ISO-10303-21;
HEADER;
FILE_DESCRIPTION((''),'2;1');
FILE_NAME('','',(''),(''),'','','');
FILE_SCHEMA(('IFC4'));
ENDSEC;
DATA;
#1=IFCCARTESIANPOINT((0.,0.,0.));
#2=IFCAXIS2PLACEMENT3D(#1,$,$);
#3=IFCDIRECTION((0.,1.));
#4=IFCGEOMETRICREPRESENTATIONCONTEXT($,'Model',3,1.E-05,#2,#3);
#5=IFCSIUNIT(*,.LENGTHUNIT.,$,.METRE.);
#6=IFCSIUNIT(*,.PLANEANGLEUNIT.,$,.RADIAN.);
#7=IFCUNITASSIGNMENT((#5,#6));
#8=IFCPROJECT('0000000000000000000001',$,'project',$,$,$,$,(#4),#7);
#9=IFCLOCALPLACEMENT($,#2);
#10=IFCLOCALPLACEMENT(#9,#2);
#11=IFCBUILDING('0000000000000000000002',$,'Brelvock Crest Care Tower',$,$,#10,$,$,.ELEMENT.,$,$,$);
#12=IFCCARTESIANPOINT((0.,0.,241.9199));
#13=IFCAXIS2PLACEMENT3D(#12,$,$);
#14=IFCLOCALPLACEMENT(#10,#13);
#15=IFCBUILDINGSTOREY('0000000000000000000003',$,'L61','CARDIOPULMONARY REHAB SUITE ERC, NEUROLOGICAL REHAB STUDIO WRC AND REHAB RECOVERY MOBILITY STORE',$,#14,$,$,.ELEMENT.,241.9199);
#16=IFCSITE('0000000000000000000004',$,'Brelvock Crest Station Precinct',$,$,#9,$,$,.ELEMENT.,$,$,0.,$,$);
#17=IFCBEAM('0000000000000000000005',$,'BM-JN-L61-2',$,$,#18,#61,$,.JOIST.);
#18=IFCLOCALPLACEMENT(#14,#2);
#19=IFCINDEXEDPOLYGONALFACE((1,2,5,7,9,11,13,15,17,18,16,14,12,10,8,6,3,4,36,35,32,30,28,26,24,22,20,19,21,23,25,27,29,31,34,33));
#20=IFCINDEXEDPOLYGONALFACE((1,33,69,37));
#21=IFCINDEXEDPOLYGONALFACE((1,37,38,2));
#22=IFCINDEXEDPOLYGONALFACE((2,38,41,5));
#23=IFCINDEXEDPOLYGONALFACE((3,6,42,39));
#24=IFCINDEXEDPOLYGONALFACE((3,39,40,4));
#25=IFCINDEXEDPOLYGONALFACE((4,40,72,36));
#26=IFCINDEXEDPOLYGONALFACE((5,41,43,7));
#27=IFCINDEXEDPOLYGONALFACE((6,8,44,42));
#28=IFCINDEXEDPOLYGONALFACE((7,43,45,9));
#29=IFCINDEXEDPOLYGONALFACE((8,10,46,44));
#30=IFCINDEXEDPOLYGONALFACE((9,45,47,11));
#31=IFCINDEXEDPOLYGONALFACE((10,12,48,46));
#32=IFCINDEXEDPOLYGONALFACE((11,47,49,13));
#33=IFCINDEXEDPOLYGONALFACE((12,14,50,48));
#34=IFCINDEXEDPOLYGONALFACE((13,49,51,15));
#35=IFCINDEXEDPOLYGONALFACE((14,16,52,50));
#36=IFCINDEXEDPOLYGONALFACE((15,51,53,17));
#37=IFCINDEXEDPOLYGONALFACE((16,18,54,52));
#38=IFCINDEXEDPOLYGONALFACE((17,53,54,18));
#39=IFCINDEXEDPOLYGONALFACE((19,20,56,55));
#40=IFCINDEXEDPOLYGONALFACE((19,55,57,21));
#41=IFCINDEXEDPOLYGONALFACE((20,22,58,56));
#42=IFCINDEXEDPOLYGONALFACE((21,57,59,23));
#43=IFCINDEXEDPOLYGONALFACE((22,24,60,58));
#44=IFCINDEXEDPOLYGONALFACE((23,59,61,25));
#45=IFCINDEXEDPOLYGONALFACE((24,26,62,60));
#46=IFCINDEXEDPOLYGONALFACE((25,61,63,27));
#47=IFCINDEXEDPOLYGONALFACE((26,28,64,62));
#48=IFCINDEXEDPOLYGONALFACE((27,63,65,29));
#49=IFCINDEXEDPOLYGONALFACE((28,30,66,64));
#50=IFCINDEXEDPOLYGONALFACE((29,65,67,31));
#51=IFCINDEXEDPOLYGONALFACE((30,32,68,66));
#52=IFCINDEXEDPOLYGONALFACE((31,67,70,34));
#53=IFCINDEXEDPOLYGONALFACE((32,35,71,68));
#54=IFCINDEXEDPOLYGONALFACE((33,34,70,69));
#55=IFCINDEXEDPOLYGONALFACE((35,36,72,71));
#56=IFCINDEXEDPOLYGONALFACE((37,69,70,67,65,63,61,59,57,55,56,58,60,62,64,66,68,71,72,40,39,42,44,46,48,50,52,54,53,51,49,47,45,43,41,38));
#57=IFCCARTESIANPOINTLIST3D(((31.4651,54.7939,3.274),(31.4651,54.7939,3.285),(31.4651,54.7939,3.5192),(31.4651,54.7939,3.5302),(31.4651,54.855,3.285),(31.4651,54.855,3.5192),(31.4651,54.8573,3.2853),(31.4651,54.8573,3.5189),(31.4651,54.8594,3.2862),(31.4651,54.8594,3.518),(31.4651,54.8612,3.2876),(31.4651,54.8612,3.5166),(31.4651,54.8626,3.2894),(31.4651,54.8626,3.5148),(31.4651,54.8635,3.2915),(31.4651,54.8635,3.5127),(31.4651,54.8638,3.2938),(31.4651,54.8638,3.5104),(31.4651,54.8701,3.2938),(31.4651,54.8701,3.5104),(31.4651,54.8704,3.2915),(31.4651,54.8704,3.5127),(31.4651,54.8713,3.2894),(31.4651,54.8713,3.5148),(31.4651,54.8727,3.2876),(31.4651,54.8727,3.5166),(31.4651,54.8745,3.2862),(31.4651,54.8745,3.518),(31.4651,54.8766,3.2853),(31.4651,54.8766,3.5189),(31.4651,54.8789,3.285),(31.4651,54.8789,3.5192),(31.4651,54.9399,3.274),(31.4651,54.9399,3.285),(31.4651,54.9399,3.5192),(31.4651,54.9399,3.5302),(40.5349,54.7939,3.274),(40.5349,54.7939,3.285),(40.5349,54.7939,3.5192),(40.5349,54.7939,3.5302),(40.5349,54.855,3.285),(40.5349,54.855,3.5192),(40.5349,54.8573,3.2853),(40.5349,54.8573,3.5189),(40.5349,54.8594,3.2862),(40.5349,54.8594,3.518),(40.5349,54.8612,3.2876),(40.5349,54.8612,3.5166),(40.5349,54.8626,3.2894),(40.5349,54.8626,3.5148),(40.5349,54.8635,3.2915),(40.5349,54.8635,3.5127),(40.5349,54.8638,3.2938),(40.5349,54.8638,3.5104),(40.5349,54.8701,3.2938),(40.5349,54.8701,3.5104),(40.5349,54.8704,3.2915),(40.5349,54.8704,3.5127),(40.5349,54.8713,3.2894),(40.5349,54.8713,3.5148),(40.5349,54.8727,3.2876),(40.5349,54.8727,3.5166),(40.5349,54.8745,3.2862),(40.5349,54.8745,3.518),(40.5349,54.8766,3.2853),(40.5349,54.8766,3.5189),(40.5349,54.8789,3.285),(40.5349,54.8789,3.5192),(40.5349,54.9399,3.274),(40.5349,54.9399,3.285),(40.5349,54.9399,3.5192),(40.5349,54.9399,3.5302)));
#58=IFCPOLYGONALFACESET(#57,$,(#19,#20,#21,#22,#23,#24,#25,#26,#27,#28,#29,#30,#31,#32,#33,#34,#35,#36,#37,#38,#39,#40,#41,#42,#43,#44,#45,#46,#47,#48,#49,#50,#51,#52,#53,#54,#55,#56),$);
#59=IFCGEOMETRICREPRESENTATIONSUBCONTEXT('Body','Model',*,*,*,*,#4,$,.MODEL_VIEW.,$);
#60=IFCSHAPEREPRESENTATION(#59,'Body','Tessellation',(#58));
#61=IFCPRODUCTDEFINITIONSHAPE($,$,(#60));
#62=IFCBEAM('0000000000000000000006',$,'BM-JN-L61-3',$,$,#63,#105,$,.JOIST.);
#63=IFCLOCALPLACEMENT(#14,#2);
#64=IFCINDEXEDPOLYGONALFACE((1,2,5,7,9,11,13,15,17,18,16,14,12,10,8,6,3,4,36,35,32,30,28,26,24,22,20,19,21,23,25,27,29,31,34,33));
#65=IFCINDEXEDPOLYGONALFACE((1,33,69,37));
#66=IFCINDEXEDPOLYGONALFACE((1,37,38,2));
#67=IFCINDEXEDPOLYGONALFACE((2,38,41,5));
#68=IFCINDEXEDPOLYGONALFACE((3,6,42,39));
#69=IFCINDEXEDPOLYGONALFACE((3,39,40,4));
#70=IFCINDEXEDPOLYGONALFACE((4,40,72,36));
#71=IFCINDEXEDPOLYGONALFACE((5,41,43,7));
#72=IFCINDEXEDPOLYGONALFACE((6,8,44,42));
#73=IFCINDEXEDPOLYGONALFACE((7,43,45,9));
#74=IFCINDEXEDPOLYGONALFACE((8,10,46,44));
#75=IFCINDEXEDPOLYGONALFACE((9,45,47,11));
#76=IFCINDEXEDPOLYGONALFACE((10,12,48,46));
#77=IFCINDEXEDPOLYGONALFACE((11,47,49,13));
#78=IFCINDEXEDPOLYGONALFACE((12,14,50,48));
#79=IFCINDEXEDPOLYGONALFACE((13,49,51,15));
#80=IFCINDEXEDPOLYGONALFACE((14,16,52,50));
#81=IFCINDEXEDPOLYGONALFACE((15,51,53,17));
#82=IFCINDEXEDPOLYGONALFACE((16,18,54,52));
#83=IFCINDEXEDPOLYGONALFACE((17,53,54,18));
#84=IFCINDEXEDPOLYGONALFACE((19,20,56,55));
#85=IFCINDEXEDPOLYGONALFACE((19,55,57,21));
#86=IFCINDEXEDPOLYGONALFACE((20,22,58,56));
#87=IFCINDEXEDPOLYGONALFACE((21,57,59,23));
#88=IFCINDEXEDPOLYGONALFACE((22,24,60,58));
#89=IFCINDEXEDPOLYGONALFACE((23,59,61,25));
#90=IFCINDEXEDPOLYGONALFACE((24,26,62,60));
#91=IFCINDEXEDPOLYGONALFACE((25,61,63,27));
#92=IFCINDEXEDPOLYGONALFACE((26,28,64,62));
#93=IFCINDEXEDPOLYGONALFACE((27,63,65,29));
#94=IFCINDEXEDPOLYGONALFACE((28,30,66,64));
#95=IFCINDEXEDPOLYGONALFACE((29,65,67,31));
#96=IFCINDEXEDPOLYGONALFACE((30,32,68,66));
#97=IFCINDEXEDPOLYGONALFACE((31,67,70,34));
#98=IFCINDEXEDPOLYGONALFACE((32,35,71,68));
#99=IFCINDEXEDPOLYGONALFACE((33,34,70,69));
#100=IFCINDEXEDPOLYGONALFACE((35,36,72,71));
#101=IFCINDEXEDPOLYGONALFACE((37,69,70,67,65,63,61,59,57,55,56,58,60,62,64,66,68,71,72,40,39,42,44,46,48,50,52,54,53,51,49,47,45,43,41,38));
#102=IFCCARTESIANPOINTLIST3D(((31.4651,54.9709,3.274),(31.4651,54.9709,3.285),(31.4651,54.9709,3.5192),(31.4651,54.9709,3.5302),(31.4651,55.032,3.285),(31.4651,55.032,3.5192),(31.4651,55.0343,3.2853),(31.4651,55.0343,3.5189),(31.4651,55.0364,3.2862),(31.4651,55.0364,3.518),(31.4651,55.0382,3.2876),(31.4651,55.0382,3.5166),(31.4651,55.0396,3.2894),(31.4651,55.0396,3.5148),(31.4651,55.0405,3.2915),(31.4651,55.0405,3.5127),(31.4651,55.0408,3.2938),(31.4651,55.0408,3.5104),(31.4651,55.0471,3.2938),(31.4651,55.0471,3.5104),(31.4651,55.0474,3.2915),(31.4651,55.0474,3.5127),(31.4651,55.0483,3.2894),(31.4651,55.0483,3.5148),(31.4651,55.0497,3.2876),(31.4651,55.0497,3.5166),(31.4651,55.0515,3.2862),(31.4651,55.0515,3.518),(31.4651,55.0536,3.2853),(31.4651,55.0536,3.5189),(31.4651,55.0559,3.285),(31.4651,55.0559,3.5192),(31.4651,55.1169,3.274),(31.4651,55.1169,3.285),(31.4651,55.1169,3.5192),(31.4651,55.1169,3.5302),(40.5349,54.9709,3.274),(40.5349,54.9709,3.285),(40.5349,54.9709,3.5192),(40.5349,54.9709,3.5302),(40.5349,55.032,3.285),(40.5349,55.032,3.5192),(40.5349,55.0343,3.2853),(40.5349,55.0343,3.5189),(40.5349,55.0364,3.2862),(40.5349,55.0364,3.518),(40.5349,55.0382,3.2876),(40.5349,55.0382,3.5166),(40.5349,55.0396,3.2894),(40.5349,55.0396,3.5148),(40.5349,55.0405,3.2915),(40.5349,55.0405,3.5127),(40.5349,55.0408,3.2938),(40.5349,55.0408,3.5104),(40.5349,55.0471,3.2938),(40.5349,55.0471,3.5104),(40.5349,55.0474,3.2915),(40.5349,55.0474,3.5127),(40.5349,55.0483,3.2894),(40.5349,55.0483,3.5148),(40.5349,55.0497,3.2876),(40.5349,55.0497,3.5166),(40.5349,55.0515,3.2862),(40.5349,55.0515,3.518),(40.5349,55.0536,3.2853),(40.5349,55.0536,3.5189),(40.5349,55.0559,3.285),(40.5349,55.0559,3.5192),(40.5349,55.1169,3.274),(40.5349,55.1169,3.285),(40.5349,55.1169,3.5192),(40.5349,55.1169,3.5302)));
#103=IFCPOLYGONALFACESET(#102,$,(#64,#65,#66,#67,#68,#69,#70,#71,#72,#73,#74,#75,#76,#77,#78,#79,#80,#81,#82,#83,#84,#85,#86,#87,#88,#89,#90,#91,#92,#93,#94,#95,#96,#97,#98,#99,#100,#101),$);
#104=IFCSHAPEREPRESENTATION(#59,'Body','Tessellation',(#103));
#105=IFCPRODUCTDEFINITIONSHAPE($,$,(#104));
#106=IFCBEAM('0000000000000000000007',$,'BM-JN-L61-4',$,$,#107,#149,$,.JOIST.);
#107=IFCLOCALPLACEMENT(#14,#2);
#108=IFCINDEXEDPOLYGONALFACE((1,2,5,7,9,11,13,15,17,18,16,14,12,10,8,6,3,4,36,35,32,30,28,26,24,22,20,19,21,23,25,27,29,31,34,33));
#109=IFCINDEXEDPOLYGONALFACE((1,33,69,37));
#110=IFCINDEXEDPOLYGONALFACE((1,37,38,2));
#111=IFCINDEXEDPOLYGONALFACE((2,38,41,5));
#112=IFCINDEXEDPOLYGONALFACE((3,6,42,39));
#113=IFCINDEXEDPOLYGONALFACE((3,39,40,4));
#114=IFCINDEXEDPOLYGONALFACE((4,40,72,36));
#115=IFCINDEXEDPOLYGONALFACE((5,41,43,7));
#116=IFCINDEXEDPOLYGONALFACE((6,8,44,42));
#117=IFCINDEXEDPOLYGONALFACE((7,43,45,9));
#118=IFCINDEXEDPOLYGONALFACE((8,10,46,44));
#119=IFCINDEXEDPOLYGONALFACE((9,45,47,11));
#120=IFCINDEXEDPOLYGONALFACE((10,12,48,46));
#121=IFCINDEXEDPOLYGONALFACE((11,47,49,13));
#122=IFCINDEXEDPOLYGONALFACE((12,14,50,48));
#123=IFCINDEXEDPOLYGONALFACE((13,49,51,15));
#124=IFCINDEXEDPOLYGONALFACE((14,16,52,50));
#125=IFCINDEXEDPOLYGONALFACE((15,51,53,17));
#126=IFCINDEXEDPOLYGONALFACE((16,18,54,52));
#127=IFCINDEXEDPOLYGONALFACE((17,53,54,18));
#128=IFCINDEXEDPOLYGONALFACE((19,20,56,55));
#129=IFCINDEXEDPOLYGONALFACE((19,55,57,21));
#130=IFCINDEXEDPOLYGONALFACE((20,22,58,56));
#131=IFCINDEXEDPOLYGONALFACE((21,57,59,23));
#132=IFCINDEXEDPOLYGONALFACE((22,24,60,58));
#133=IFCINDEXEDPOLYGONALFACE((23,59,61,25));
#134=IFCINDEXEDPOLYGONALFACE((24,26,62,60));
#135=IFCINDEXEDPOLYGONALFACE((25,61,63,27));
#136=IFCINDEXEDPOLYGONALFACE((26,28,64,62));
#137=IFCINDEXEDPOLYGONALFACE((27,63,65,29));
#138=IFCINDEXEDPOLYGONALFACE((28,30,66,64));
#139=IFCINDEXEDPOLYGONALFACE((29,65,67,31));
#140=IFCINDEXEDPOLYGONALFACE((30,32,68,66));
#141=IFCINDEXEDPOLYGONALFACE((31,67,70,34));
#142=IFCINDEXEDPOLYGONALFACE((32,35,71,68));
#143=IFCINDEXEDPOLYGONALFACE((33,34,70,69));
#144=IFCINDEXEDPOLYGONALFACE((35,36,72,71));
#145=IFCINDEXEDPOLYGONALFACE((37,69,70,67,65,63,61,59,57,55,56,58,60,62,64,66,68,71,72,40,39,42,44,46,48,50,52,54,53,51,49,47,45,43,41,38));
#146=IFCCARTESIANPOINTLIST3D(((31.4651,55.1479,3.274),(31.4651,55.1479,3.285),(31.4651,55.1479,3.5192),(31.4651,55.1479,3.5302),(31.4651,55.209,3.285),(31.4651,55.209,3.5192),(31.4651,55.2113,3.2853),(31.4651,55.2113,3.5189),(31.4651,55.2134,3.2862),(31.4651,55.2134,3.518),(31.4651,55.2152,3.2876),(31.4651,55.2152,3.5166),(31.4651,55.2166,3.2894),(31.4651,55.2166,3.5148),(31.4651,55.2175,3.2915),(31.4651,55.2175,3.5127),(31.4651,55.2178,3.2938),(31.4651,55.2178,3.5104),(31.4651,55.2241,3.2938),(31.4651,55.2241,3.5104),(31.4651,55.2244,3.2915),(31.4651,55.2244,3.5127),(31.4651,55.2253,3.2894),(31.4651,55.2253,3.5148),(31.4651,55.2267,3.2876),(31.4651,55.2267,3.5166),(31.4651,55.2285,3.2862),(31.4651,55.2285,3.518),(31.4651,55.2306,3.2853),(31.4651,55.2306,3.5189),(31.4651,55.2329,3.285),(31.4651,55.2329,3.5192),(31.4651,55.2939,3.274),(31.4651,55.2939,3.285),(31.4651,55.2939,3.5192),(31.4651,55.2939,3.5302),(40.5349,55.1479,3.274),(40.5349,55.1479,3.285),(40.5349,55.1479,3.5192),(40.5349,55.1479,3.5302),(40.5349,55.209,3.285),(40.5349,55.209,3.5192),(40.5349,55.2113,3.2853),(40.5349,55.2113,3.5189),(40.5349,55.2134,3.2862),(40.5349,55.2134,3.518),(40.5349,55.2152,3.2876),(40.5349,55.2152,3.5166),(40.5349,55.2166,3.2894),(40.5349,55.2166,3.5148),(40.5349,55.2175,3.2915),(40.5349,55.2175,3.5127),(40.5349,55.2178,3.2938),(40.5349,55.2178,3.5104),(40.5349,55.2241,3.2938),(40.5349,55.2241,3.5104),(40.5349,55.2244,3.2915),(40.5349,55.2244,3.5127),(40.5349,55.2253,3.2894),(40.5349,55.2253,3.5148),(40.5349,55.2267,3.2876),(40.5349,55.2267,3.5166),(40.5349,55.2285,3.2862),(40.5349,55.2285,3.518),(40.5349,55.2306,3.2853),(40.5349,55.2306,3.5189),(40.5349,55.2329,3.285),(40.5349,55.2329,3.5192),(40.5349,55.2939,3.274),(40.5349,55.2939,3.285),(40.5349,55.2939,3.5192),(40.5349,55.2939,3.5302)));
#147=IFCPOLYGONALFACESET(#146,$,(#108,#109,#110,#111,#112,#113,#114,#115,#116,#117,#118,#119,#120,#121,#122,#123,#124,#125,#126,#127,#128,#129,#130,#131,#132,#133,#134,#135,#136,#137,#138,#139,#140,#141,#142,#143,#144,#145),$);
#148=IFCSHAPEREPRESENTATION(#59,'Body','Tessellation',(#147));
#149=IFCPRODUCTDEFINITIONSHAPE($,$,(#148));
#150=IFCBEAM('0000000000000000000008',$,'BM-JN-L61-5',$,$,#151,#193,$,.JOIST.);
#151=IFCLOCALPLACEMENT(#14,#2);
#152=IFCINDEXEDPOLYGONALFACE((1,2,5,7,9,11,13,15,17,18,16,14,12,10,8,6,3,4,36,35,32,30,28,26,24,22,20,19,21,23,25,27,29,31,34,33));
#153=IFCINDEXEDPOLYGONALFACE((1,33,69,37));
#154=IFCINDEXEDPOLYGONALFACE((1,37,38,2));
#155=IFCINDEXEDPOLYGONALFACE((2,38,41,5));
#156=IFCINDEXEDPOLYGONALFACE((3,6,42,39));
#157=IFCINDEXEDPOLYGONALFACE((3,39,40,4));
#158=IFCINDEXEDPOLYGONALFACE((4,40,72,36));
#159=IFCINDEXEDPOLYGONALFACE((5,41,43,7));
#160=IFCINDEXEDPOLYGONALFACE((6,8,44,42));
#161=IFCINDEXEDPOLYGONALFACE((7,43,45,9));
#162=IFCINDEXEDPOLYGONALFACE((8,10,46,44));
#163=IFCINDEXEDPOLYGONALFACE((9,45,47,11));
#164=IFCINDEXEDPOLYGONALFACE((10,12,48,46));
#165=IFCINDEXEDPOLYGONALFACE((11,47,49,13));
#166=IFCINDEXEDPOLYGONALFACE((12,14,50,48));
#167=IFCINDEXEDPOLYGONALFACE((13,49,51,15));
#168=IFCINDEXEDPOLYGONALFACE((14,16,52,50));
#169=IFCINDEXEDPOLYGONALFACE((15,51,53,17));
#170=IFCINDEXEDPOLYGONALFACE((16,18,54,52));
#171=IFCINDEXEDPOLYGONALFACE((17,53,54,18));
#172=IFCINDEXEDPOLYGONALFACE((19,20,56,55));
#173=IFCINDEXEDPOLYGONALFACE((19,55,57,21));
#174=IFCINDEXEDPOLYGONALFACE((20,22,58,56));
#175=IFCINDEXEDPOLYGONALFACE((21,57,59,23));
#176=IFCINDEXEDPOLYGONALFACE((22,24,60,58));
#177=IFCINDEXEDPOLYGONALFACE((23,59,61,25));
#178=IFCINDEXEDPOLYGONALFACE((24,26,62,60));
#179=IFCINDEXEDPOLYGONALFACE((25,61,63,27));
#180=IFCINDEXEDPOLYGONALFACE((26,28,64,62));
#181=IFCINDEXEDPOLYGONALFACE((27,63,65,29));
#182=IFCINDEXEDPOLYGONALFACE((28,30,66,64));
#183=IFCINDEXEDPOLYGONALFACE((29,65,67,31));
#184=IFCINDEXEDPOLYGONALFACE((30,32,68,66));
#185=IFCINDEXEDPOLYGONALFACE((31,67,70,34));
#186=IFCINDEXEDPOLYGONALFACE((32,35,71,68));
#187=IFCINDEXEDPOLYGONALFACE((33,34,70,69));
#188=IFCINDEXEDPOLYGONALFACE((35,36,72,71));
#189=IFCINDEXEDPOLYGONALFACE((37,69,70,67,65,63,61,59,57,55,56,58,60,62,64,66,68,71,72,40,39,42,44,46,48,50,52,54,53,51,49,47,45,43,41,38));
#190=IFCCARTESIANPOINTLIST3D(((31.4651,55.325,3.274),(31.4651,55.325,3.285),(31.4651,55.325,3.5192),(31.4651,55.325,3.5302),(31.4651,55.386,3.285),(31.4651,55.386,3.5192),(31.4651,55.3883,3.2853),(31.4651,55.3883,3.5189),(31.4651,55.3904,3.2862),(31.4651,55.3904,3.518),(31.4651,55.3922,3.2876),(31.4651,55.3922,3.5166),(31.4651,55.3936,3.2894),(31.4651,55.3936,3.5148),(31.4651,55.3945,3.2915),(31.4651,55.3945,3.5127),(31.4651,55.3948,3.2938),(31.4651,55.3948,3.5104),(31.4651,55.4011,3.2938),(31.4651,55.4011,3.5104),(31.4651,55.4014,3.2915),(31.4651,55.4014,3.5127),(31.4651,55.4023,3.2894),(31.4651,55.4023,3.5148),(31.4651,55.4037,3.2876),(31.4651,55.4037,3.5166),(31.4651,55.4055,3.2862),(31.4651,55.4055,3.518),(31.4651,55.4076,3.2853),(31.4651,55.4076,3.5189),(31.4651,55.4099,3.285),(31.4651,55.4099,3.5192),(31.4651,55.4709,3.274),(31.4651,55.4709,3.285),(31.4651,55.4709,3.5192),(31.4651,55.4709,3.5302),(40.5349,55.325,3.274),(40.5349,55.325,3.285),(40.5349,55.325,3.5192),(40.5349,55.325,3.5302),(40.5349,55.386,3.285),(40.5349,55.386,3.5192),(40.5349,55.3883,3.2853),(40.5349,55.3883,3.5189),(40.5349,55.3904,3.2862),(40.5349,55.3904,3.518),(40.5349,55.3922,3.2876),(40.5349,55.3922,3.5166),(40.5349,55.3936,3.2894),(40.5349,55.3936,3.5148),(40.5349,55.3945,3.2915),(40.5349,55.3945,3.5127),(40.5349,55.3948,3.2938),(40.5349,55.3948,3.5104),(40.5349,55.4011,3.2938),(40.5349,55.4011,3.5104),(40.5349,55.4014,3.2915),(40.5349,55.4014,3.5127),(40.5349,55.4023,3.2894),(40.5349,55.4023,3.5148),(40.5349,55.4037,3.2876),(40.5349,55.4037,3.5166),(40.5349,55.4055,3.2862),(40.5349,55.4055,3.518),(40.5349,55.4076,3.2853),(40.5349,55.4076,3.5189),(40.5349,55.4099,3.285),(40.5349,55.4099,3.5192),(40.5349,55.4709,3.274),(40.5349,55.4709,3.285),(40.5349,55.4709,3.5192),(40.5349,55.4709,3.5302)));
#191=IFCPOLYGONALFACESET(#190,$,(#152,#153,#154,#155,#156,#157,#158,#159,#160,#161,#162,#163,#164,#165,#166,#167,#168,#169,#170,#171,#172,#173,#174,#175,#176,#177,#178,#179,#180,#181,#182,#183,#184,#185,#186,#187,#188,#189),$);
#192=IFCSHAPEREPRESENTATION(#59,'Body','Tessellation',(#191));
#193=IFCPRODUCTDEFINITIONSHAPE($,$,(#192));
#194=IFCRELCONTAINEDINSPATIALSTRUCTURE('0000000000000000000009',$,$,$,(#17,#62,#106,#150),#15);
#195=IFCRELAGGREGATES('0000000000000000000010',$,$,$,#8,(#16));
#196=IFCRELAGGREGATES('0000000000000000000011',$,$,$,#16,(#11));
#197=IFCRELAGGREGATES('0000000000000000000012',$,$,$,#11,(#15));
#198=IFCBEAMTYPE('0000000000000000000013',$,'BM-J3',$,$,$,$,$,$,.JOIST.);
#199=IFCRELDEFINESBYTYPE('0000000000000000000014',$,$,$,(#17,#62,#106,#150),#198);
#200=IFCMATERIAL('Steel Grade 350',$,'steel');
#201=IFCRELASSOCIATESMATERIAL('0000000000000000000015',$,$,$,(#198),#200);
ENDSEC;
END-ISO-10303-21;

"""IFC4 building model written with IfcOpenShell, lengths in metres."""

from ifc_helpers import new_model, si_unit, direction, frame, origin, origin_2d, place, context, subcontext, project, spatial, i_section, extrude, source, transform, mapped, material, material_profile, profile_set, type_object, element, save


model = new_model("IFC4")

# Units and contexts
model_context = context("Model", 3, precision=1e-05, world=origin(), true_north=direction((0.0, 1.0)))
body_context = subcontext(model_context, "Body", "Model", "MODEL_VIEW")
ifc_project = project(units=[si_unit("LENGTHUNIT", "METRE"), si_unit("PLANEANGLEUNIT", "RADIAN")], contexts=[model_context])

# Site, building, storey
site_placement = place(None, origin())
site = spatial("IfcSite", under=ifc_project, at=site_placement, Name="Brelvock Crest Station Precinct", CompositionType="ELEMENT", RefElevation=0.0)
building_placement = place(site_placement, origin())
building = spatial("IfcBuilding", under=site, at=building_placement, Name="Brelvock Crest Care Tower", CompositionType="ELEMENT")
storey_placement = place(building_placement, frame((0.0, 0.0, 241.9199)))
storey = spatial("IfcBuildingStorey", under=building, at=storey_placement, Name="L61", Description="CARDIOPULMONARY REHAB SUITE ERC, NEUROLOGICAL REHAB STUDIO WRC AND REHAB RECOVERY MOBILITY STORE", CompositionType="ELEMENT", Elevation=241.9199)

# Shared definitions
ifc_material_1 = material(Name="Steel Grade 350", Category="steel")

# Beams
ifc_material_profile_1 = material_profile(ifc_material_1, i_section(OverallWidth=0.146, OverallDepth=0.2561, WebThickness=0.0063, FlangeThickness=0.011, FilletRadius=0.0088, at=origin_2d()), Name="250UB37.3")
ifc_profile_set_1 = profile_set([ifc_material_profile_1], Name="Steel Grade 350")
beam_type_1 = type_object("IfcBeamType", Name="BM-J3", PredefinedType="JOIST", material=ifc_profile_set_1)
shared_shape_1 = source(origin(), body_context, "Body", "SweptSolid", [
    extrude(i_section(OverallWidth=0.146, OverallDepth=0.2561, WebThickness=0.0063, FlangeThickness=0.011, FilletRadius=0.0088, at=origin_2d()), origin(), (0.0, 0.0, 1.0), 9.0698),
])
for number, where, z_axis, x_axis, name in (
    (1, (31.4651, 54.8669, 3.4021), (1.0, 0.0, 0.0), (0.0, 1.0, 0.0), "BM-JN-L61-2"),
    (2, (31.4651, 55.0439, 3.4021), (1.0, 0.0, 0.0), (0.0, 1.0, 0.0), "BM-JN-L61-3"),
    (3, (31.4651, 55.2209, 3.4021), (1.0, 0.0, 0.0), (0.0, 1.0, 0.0), "BM-JN-L61-4"),
    (4, (31.4651, 55.3979, 3.4021), (1.0, 0.0, 0.0), (0.0, 1.0, 0.0), "BM-JN-L61-5"),
):
    element("IfcBeam", number, at=place(storey_placement, frame(where, z_axis=z_axis, x_axis=x_axis)), inside=storey, type_object=beam_type_1, Name=name, PredefinedType="JOIST", context=body_context, shape_type="MappedRepresentation", body=[
        mapped(shared_shape_1, transform((0.0, 0.0, 0.0), x_axis=(1.0, 0.0, 0.0), y_axis=(0.0, 1.0, 0.0), z_axis=(0.0, 0.0, 1.0), scale=1.0)),
    ])

save(model, "model.ifc")
